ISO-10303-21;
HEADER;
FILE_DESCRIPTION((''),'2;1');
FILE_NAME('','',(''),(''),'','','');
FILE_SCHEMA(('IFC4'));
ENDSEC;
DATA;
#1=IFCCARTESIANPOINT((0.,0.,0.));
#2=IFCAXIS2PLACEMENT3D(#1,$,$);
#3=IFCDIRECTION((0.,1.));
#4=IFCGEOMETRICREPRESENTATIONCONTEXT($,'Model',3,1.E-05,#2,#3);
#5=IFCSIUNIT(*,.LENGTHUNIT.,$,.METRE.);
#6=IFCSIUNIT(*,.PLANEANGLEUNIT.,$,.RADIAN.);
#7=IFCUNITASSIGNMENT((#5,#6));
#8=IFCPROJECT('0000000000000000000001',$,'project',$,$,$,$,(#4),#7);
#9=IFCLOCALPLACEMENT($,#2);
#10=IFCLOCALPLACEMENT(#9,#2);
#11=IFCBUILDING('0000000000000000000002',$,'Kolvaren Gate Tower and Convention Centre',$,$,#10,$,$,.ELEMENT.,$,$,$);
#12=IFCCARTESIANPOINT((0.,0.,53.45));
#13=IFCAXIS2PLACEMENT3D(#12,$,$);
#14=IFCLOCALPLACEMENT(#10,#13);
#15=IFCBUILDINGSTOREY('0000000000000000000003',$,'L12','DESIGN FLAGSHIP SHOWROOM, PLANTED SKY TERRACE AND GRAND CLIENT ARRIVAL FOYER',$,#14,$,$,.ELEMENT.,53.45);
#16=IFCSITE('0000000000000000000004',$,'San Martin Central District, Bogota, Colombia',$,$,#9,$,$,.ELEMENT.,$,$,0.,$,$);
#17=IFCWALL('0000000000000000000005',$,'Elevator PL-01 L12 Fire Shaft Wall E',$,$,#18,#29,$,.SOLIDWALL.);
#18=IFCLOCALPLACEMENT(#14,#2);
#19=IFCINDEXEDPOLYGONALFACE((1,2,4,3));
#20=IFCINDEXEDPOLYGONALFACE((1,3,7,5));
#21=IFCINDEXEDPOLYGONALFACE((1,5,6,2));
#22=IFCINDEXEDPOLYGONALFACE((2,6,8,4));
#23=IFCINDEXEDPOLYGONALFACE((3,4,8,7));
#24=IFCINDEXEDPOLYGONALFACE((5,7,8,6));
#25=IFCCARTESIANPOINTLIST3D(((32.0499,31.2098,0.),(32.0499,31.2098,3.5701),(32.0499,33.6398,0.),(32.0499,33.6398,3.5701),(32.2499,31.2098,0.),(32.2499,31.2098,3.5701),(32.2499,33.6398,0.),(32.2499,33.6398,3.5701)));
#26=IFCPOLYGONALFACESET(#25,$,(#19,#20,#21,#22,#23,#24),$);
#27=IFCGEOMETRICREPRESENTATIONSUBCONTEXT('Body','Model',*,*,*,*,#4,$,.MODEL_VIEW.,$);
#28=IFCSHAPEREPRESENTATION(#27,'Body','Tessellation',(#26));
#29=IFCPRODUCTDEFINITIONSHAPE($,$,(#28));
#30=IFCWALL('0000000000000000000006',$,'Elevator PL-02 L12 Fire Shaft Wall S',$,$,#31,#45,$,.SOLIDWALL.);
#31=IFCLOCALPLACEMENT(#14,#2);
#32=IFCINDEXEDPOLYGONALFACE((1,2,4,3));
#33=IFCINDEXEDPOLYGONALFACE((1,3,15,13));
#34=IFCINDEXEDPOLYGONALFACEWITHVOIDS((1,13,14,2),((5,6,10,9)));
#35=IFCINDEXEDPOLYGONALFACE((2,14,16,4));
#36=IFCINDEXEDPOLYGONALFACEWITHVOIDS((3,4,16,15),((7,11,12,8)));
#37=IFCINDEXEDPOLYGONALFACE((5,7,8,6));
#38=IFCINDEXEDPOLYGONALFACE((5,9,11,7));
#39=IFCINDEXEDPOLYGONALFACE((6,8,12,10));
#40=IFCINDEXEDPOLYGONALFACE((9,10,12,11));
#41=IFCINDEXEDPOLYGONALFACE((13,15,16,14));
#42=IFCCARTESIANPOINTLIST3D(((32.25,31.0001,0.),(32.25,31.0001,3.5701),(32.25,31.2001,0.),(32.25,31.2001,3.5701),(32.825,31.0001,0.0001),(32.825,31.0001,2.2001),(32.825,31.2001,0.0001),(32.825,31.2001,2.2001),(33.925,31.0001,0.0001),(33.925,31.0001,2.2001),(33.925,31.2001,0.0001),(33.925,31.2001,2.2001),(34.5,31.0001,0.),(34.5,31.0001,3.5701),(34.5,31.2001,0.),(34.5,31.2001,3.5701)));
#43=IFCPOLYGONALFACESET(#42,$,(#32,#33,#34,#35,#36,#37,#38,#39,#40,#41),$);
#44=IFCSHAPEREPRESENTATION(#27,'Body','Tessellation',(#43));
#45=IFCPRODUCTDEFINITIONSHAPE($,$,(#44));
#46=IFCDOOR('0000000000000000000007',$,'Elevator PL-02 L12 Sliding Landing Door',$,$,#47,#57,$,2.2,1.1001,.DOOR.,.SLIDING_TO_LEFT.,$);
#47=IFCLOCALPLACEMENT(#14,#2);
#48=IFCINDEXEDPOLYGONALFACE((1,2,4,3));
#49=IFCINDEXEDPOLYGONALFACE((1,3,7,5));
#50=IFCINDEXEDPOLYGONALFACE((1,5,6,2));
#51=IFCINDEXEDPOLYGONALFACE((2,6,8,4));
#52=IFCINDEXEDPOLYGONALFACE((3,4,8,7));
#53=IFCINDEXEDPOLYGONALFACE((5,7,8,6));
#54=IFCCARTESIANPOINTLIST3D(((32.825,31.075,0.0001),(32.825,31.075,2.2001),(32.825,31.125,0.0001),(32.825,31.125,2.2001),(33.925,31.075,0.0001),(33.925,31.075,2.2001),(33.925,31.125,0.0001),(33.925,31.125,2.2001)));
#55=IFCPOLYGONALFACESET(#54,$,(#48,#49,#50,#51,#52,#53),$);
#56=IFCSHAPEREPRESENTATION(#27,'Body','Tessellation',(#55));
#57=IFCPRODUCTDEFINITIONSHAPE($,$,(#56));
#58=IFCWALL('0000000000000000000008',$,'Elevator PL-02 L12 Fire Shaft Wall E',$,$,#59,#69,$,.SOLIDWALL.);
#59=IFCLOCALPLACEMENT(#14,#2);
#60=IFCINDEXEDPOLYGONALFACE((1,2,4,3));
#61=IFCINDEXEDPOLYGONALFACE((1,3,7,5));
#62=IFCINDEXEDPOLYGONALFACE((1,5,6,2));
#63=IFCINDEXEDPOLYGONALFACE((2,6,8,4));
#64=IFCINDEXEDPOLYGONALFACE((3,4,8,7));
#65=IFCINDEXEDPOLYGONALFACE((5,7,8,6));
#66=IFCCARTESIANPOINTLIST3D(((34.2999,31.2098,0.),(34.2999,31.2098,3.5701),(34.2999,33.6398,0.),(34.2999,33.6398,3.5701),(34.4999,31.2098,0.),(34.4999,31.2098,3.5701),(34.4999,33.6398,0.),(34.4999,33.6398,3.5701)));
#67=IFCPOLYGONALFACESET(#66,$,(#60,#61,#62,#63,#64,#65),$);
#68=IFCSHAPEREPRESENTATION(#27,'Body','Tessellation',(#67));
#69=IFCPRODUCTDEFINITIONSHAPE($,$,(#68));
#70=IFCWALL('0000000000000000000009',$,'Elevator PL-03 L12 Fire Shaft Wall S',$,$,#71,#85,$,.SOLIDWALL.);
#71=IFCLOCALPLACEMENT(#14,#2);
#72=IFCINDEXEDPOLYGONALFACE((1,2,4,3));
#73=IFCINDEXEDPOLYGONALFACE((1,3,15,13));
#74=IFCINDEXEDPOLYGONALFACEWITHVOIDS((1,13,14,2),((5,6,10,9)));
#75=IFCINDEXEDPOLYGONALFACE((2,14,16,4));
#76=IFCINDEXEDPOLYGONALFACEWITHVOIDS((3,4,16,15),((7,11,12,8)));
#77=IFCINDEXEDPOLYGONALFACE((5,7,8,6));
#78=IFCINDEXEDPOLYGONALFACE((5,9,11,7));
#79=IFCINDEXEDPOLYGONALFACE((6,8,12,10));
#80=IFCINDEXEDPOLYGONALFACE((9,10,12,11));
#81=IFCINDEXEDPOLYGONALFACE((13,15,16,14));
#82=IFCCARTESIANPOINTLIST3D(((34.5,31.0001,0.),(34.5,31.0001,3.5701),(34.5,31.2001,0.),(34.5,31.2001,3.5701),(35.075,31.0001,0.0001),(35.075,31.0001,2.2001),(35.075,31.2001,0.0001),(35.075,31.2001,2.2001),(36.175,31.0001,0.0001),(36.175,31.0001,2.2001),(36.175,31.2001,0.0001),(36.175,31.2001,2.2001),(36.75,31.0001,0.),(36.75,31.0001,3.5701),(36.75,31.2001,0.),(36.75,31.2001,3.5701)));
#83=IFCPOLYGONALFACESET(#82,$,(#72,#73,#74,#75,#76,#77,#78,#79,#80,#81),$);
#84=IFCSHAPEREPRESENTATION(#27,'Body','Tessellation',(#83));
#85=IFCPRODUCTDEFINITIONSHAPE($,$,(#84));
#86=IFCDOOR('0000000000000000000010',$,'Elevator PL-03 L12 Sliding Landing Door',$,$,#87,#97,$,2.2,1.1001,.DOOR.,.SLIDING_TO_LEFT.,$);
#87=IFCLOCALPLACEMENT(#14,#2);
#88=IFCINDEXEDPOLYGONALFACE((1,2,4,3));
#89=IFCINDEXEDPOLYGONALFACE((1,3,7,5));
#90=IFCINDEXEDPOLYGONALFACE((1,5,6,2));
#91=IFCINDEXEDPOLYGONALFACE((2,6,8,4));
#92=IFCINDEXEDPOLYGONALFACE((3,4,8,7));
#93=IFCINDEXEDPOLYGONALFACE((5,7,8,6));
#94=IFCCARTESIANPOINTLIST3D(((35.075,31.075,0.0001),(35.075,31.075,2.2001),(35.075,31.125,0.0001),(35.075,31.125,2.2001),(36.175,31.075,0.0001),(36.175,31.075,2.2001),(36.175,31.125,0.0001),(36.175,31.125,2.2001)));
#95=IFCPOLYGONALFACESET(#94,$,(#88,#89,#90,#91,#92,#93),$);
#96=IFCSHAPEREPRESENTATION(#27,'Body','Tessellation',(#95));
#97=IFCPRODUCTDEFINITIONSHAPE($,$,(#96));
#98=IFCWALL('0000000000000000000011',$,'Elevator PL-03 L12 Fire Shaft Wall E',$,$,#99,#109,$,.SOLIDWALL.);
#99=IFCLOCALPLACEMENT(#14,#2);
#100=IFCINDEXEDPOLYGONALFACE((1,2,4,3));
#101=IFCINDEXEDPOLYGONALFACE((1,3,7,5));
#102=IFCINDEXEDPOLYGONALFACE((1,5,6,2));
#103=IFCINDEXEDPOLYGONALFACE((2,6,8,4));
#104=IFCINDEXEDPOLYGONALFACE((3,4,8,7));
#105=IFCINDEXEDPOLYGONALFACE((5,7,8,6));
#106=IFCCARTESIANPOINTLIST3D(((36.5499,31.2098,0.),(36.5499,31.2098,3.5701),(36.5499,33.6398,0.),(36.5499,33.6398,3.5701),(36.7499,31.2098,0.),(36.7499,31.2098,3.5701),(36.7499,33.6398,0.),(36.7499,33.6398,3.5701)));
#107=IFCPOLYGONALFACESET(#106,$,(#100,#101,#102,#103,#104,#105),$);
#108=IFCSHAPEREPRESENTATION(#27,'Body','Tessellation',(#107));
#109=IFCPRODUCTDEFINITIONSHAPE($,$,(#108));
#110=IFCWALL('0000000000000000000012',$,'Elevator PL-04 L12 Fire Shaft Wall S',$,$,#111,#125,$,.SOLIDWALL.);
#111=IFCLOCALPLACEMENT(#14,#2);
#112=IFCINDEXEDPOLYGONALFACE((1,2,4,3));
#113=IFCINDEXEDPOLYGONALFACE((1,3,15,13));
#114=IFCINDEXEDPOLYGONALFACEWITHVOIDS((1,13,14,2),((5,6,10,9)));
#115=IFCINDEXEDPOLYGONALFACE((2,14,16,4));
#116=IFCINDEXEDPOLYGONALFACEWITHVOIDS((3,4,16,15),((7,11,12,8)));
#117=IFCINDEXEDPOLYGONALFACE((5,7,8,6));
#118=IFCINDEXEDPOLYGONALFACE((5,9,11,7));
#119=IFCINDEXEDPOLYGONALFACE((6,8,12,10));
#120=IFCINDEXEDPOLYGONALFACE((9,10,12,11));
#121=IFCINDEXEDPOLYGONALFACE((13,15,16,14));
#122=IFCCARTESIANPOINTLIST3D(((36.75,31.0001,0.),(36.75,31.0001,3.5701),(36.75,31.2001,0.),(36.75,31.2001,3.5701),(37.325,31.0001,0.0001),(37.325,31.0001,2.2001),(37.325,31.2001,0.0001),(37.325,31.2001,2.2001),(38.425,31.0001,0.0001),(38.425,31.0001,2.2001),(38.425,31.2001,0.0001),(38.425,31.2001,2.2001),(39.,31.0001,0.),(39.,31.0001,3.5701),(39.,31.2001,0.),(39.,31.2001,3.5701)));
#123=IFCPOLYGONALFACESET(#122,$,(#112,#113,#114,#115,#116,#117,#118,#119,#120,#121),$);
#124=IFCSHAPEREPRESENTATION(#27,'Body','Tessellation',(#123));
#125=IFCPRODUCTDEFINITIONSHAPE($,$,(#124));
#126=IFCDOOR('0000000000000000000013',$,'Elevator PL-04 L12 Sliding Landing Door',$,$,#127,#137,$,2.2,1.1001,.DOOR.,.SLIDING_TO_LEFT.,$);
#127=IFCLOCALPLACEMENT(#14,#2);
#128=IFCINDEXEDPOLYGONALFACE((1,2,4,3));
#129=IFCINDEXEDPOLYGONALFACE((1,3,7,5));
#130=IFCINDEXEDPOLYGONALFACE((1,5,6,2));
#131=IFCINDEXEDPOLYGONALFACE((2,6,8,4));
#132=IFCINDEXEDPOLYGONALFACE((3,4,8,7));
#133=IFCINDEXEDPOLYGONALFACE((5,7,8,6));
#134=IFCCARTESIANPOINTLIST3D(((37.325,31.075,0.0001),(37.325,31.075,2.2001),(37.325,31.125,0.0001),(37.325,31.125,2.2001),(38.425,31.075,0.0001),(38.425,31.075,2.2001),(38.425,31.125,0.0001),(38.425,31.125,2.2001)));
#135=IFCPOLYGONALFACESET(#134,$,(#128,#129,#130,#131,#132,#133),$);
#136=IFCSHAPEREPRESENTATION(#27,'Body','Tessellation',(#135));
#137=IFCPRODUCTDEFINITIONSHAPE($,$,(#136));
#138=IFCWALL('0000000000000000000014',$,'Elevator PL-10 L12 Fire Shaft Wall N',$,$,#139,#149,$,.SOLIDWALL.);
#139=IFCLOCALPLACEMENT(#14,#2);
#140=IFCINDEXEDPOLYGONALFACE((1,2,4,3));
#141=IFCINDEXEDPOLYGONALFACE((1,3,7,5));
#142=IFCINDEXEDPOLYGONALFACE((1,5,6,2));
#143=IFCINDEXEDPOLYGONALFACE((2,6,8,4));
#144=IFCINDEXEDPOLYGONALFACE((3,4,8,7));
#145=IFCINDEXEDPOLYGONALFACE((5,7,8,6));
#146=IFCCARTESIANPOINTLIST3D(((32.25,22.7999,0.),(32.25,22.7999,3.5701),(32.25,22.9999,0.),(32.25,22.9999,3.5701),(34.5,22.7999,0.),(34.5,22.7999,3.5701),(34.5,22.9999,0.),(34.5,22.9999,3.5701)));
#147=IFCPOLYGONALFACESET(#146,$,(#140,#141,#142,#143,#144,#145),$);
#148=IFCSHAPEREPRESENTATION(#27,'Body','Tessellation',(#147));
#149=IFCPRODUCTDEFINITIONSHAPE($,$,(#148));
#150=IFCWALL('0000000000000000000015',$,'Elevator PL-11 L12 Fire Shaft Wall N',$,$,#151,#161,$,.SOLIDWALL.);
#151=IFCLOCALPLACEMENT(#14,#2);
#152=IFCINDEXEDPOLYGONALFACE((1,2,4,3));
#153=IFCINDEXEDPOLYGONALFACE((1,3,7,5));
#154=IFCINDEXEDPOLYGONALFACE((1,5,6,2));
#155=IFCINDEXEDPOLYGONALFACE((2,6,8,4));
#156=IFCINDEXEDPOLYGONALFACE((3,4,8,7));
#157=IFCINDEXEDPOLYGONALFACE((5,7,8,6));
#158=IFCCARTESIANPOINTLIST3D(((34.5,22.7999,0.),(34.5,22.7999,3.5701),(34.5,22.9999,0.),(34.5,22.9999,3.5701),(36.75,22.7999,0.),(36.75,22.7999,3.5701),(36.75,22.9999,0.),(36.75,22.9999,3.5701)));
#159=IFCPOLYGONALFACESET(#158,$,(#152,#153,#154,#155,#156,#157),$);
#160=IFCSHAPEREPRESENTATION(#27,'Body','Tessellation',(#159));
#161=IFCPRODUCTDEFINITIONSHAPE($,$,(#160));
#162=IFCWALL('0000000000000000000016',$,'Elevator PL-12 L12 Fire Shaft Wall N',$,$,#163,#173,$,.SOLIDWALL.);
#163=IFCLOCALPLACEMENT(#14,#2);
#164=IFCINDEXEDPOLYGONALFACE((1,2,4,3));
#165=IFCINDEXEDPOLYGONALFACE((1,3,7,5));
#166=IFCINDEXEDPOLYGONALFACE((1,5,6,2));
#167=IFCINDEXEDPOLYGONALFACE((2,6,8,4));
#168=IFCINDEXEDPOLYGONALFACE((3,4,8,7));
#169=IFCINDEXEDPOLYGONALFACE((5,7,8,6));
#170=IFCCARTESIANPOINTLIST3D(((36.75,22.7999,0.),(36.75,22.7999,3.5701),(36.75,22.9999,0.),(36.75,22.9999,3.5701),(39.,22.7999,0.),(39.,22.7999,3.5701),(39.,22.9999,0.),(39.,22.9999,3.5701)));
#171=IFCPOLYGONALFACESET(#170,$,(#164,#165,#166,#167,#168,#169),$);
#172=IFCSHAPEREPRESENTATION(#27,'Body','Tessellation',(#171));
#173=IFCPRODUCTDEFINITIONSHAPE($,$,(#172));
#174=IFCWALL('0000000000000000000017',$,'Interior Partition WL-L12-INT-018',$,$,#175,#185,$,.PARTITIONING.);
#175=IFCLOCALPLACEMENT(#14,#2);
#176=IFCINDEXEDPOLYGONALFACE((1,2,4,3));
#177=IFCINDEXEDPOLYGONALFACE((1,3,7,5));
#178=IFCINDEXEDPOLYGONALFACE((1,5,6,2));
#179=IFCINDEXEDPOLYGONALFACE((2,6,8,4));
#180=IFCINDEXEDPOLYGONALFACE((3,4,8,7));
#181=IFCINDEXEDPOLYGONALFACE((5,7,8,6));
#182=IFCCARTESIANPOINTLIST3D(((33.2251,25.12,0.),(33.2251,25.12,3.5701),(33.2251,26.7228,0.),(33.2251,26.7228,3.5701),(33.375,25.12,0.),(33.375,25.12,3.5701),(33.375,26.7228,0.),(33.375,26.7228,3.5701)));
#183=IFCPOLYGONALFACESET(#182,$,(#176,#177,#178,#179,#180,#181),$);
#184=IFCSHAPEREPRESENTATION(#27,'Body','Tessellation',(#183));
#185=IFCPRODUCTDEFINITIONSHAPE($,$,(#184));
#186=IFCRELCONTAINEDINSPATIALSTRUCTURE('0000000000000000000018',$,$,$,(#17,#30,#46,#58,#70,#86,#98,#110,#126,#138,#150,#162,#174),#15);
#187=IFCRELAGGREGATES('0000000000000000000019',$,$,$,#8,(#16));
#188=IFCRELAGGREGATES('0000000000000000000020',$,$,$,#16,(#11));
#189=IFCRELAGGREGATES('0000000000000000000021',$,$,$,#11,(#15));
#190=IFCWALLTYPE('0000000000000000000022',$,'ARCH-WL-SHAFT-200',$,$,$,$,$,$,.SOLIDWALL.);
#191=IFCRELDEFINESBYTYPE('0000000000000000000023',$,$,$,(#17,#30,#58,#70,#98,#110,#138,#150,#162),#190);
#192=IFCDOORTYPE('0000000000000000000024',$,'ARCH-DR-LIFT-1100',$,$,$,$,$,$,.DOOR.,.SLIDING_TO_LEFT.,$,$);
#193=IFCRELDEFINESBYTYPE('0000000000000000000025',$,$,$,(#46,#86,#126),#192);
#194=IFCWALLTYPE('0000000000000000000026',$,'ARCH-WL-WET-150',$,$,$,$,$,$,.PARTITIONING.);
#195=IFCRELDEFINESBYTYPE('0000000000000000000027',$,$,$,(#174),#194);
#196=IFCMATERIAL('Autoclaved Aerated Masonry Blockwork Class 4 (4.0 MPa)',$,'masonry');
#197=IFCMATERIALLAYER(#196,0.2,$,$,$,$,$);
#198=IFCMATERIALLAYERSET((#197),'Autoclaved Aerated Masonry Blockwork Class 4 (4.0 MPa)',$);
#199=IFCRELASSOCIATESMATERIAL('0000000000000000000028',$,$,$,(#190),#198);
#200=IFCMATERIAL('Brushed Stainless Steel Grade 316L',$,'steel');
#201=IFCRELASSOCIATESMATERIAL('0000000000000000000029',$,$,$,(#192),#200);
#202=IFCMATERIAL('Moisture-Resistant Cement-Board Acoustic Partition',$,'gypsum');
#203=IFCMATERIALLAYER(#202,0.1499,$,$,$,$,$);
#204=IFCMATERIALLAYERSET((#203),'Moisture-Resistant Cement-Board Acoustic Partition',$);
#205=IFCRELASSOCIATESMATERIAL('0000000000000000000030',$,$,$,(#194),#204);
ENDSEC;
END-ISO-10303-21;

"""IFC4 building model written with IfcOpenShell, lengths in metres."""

from ifc_helpers import new_model, si_unit, direction, frame, frame_2d, origin, place, context, subcontext, project, spatial, rectangle, extrude, material, layer, layer_set, type_object, element, fill, save


model = new_model("IFC4")

# Units and contexts
model_context = context("Model", 3, precision=1e-05, world=origin(), true_north=direction((0.0, 1.0)))
body_context = subcontext(model_context, "Body", "Model", "MODEL_VIEW")
ifc_project = project(units=[si_unit("LENGTHUNIT", "METRE"), si_unit("PLANEANGLEUNIT", "RADIAN")], contexts=[model_context])

# Site, building, storey
site_placement = place(None, origin())
site = spatial("IfcSite", under=ifc_project, at=site_placement, Name="San Martin Central District, Bogota, Colombia", CompositionType="ELEMENT", RefElevation=0.0)
building_placement = place(site_placement, origin())
building = spatial("IfcBuilding", under=site, at=building_placement, Name="Kolvaren Gate Tower and Convention Centre", CompositionType="ELEMENT")
storey_placement = place(building_placement, frame((0.0, 0.0, 53.45)))
storey = spatial("IfcBuildingStorey", under=building, at=storey_placement, Name="L12", Description="DESIGN FLAGSHIP SHOWROOM, PLANTED SKY TERRACE AND GRAND CLIENT ARRIVAL FOYER", CompositionType="ELEMENT", Elevation=53.45)

# Wall
ifc_material_1 = material(Name="Autoclaved Aerated Masonry Blockwork Class 4 (4.0 MPa)", Category="masonry")
ifc_layer_1 = layer(ifc_material_1, 0.2)
ifc_layer_set_1 = layer_set([ifc_layer_1], Name="Autoclaved Aerated Masonry Blockwork Class 4 (4.0 MPa)")
wall_type_1 = type_object("IfcWallType", Name="ARCH-WL-SHAFT-200", PredefinedType="SOLIDWALL", material=ifc_layer_set_1)
wall_1_placement = place(storey_placement, frame((32.1499, 31.21, 0.0), z_axis=(0.0, 0.0, 1.0), x_axis=(0.0, 1.0, 0.0)))
element("IfcWall", 1, at=wall_1_placement, inside=storey, type_object=wall_type_1, Name="Elevator PL-01 L12 Fire Shaft Wall E", PredefinedType="SOLIDWALL", context=body_context, shape_type="SweptSolid", body=[
    extrude(rectangle(XDim=2.4299, YDim=0.2, at=frame_2d((1.2148, 0.0))), origin(), (0.0, 0.0, 1.0), 3.5701),
])

# Wall, opening, door
wall_2_placement = place(storey_placement, frame((32.25, 31.1001, 0.0), z_axis=(0.0, 0.0, 1.0), x_axis=(1.0, 0.0, 0.0)))
wall_2 = element("IfcWall", 2, at=wall_2_placement, inside=storey, type_object=wall_type_1, Name="Elevator PL-02 L12 Fire Shaft Wall S", PredefinedType="SOLIDWALL", context=body_context, shape_type="SweptSolid", body=[
    extrude(rectangle(XDim=2.25, YDim=0.2, at=frame_2d((1.125, 0.0))), origin(), (0.0, 0.0, 1.0), 3.5701),
])
opening_1_placement = place(wall_2_placement, frame((0.575, 0.0, 0.0)))
opening_1 = element("IfcOpeningElement", 3, at=opening_1_placement, cuts=wall_2, PredefinedType="OPENING", context=body_context, shape_type="SweptSolid", body=[
    extrude(rectangle(XDim=1.1001, YDim=2.2, at=frame_2d((0.55, 1.1001))), frame((0.0, 0.1099, 0.0), z_axis=(0.0, -1.0, 0.0), x_axis=(1.0, 0.0, 0.0)), (0.0, 0.0, 1.0), 0.22),
])
ifc_material_2 = material(Name="Brushed Stainless Steel Grade 316L", Category="steel")
door_type_1 = type_object("IfcDoorType", Name="ARCH-DR-LIFT-1100", OperationType="SLIDING_TO_LEFT", PredefinedType="DOOR", material=ifc_material_2)
door_1_placement = place(opening_1_placement, origin())
door_1 = element("IfcDoor", 4, at=door_1_placement, inside=storey, type_object=door_type_1, Name="Elevator PL-02 L12 Sliding Landing Door", OperationType="SLIDING_TO_LEFT", OverallHeight=2.2, OverallWidth=1.1001, PredefinedType="DOOR", context=body_context, shape_type="SweptSolid", body=[
    extrude(rectangle(XDim=1.1001, YDim=2.2, at=frame_2d((0.55, 1.1001))), frame((0.0, 0.0249, 0.0), z_axis=(0.0, -1.0, 0.0), x_axis=(1.0, 0.0, 0.0)), (0.0, 0.0, 1.0), 0.05),
])
fill(opening_1, door_1)

# Wall
wall_3_placement = place(storey_placement, frame((34.3999, 31.21, 0.0), z_axis=(0.0, 0.0, 1.0), x_axis=(0.0, 1.0, 0.0)))
element("IfcWall", 5, at=wall_3_placement, inside=storey, type_object=wall_type_1, Name="Elevator PL-02 L12 Fire Shaft Wall E", PredefinedType="SOLIDWALL", context=body_context, shape_type="SweptSolid", body=[
    extrude(rectangle(XDim=2.4299, YDim=0.2, at=frame_2d((1.2148, 0.0))), origin(), (0.0, 0.0, 1.0), 3.5701),
])

# Wall, opening, door
wall_4_placement = place(storey_placement, frame((34.5, 31.1001, 0.0), z_axis=(0.0, 0.0, 1.0), x_axis=(1.0, 0.0, 0.0)))
wall_4 = element("IfcWall", 6, at=wall_4_placement, inside=storey, type_object=wall_type_1, Name="Elevator PL-03 L12 Fire Shaft Wall S", PredefinedType="SOLIDWALL", context=body_context, shape_type="SweptSolid", body=[
    extrude(rectangle(XDim=2.25, YDim=0.2, at=frame_2d((1.125, 0.0))), origin(), (0.0, 0.0, 1.0), 3.5701),
])
opening_2_placement = place(wall_4_placement, frame((0.575, 0.0, 0.0)))
opening_2 = element("IfcOpeningElement", 7, at=opening_2_placement, cuts=wall_4, PredefinedType="OPENING", context=body_context, shape_type="SweptSolid", body=[
    extrude(rectangle(XDim=1.1001, YDim=2.2, at=frame_2d((0.55, 1.1001))), frame((0.0, 0.1099, 0.0), z_axis=(0.0, -1.0, 0.0), x_axis=(1.0, 0.0, 0.0)), (0.0, 0.0, 1.0), 0.22),
])
door_2_placement = place(opening_2_placement, origin())
door_2 = element("IfcDoor", 8, at=door_2_placement, inside=storey, type_object=door_type_1, Name="Elevator PL-03 L12 Sliding Landing Door", OperationType="SLIDING_TO_LEFT", OverallHeight=2.2, OverallWidth=1.1001, PredefinedType="DOOR", context=body_context, shape_type="SweptSolid", body=[
    extrude(rectangle(XDim=1.1001, YDim=2.2, at=frame_2d((0.55, 1.1001))), frame((0.0, 0.0249, 0.0), z_axis=(0.0, -1.0, 0.0), x_axis=(1.0, 0.0, 0.0)), (0.0, 0.0, 1.0), 0.05),
])
fill(opening_2, door_2)

# Wall
wall_5_placement = place(storey_placement, frame((36.6499, 31.21, 0.0), z_axis=(0.0, 0.0, 1.0), x_axis=(0.0, 1.0, 0.0)))
element("IfcWall", 9, at=wall_5_placement, inside=storey, type_object=wall_type_1, Name="Elevator PL-03 L12 Fire Shaft Wall E", PredefinedType="SOLIDWALL", context=body_context, shape_type="SweptSolid", body=[
    extrude(rectangle(XDim=2.4299, YDim=0.2, at=frame_2d((1.2148, 0.0))), origin(), (0.0, 0.0, 1.0), 3.5701),
])

# Wall, opening, door
wall_6_placement = place(storey_placement, frame((36.75, 31.1001, 0.0), z_axis=(0.0, 0.0, 1.0), x_axis=(1.0, 0.0, 0.0)))
wall_6 = element("IfcWall", 10, at=wall_6_placement, inside=storey, type_object=wall_type_1, Name="Elevator PL-04 L12 Fire Shaft Wall S", PredefinedType="SOLIDWALL", context=body_context, shape_type="SweptSolid", body=[
    extrude(rectangle(XDim=2.25, YDim=0.2, at=frame_2d((1.125, 0.0))), origin(), (0.0, 0.0, 1.0), 3.5701),
])
opening_3_placement = place(wall_6_placement, frame((0.575, 0.0, 0.0)))
opening_3 = element("IfcOpeningElement", 11, at=opening_3_placement, cuts=wall_6, PredefinedType="OPENING", context=body_context, shape_type="SweptSolid", body=[
    extrude(rectangle(XDim=1.1001, YDim=2.2, at=frame_2d((0.55, 1.1001))), frame((0.0, 0.1099, 0.0), z_axis=(0.0, -1.0, 0.0), x_axis=(1.0, 0.0, 0.0)), (0.0, 0.0, 1.0), 0.22),
])
door_3_placement = place(opening_3_placement, origin())
door_3 = element("IfcDoor", 12, at=door_3_placement, inside=storey, type_object=door_type_1, Name="Elevator PL-04 L12 Sliding Landing Door", OperationType="SLIDING_TO_LEFT", OverallHeight=2.2, OverallWidth=1.1001, PredefinedType="DOOR", context=body_context, shape_type="SweptSolid", body=[
    extrude(rectangle(XDim=1.1001, YDim=2.2, at=frame_2d((0.55, 1.1001))), frame((0.0, 0.0249, 0.0), z_axis=(0.0, -1.0, 0.0), x_axis=(1.0, 0.0, 0.0)), (0.0, 0.0, 1.0), 0.05),
])
fill(opening_3, door_3)

# Walls
for number, where, z_axis, x_axis, name in (
    (13, (32.25, 22.8999, 0.0), (0.0, 0.0, 1.0), (1.0, 0.0, 0.0), "Elevator PL-10 L12 Fire Shaft Wall N"),
    (14, (34.5, 22.8999, 0.0), (0.0, 0.0, 1.0), (1.0, 0.0, 0.0), "Elevator PL-11 L12 Fire Shaft Wall N"),
    (15, (36.75, 22.8999, 0.0), (0.0, 0.0, 1.0), (1.0, 0.0, 0.0), "Elevator PL-12 L12 Fire Shaft Wall N"),
):
    element("IfcWall", number, at=place(storey_placement, frame(where, z_axis=z_axis, x_axis=x_axis)), inside=storey, type_object=wall_type_1, Name=name, PredefinedType="SOLIDWALL", context=body_context, shape_type="SweptSolid", body=[
        extrude(rectangle(XDim=2.25, YDim=0.2, at=frame_2d((1.125, 0.0))), origin(), (0.0, 0.0, 1.0), 3.5701),
    ])
ifc_material_3 = material(Name="Moisture-Resistant Cement-Board Acoustic Partition", Category="gypsum")
ifc_layer_2 = layer(ifc_material_3, 0.1499)
ifc_layer_set_2 = layer_set([ifc_layer_2], Name="Moisture-Resistant Cement-Board Acoustic Partition")
wall_type_2 = type_object("IfcWallType", Name="ARCH-WL-WET-150", PredefinedType="PARTITIONING", material=ifc_layer_set_2)
wall_7_placement = place(storey_placement, frame((33.3, 25.1201, 0.0), z_axis=(0.0, 0.0, 1.0), x_axis=(0.0, 1.0, 0.0)))
element("IfcWall", 16, at=wall_7_placement, inside=storey, type_object=wall_type_2, Name="Interior Partition WL-L12-INT-018", PredefinedType="PARTITIONING", context=body_context, shape_type="SweptSolid", body=[
    extrude(rectangle(XDim=1.6028, YDim=0.1499, at=frame_2d((0.8013, 0.0))), origin(), (0.0, 0.0, 1.0), 3.5701),
])

save(model, "model.ifc")
